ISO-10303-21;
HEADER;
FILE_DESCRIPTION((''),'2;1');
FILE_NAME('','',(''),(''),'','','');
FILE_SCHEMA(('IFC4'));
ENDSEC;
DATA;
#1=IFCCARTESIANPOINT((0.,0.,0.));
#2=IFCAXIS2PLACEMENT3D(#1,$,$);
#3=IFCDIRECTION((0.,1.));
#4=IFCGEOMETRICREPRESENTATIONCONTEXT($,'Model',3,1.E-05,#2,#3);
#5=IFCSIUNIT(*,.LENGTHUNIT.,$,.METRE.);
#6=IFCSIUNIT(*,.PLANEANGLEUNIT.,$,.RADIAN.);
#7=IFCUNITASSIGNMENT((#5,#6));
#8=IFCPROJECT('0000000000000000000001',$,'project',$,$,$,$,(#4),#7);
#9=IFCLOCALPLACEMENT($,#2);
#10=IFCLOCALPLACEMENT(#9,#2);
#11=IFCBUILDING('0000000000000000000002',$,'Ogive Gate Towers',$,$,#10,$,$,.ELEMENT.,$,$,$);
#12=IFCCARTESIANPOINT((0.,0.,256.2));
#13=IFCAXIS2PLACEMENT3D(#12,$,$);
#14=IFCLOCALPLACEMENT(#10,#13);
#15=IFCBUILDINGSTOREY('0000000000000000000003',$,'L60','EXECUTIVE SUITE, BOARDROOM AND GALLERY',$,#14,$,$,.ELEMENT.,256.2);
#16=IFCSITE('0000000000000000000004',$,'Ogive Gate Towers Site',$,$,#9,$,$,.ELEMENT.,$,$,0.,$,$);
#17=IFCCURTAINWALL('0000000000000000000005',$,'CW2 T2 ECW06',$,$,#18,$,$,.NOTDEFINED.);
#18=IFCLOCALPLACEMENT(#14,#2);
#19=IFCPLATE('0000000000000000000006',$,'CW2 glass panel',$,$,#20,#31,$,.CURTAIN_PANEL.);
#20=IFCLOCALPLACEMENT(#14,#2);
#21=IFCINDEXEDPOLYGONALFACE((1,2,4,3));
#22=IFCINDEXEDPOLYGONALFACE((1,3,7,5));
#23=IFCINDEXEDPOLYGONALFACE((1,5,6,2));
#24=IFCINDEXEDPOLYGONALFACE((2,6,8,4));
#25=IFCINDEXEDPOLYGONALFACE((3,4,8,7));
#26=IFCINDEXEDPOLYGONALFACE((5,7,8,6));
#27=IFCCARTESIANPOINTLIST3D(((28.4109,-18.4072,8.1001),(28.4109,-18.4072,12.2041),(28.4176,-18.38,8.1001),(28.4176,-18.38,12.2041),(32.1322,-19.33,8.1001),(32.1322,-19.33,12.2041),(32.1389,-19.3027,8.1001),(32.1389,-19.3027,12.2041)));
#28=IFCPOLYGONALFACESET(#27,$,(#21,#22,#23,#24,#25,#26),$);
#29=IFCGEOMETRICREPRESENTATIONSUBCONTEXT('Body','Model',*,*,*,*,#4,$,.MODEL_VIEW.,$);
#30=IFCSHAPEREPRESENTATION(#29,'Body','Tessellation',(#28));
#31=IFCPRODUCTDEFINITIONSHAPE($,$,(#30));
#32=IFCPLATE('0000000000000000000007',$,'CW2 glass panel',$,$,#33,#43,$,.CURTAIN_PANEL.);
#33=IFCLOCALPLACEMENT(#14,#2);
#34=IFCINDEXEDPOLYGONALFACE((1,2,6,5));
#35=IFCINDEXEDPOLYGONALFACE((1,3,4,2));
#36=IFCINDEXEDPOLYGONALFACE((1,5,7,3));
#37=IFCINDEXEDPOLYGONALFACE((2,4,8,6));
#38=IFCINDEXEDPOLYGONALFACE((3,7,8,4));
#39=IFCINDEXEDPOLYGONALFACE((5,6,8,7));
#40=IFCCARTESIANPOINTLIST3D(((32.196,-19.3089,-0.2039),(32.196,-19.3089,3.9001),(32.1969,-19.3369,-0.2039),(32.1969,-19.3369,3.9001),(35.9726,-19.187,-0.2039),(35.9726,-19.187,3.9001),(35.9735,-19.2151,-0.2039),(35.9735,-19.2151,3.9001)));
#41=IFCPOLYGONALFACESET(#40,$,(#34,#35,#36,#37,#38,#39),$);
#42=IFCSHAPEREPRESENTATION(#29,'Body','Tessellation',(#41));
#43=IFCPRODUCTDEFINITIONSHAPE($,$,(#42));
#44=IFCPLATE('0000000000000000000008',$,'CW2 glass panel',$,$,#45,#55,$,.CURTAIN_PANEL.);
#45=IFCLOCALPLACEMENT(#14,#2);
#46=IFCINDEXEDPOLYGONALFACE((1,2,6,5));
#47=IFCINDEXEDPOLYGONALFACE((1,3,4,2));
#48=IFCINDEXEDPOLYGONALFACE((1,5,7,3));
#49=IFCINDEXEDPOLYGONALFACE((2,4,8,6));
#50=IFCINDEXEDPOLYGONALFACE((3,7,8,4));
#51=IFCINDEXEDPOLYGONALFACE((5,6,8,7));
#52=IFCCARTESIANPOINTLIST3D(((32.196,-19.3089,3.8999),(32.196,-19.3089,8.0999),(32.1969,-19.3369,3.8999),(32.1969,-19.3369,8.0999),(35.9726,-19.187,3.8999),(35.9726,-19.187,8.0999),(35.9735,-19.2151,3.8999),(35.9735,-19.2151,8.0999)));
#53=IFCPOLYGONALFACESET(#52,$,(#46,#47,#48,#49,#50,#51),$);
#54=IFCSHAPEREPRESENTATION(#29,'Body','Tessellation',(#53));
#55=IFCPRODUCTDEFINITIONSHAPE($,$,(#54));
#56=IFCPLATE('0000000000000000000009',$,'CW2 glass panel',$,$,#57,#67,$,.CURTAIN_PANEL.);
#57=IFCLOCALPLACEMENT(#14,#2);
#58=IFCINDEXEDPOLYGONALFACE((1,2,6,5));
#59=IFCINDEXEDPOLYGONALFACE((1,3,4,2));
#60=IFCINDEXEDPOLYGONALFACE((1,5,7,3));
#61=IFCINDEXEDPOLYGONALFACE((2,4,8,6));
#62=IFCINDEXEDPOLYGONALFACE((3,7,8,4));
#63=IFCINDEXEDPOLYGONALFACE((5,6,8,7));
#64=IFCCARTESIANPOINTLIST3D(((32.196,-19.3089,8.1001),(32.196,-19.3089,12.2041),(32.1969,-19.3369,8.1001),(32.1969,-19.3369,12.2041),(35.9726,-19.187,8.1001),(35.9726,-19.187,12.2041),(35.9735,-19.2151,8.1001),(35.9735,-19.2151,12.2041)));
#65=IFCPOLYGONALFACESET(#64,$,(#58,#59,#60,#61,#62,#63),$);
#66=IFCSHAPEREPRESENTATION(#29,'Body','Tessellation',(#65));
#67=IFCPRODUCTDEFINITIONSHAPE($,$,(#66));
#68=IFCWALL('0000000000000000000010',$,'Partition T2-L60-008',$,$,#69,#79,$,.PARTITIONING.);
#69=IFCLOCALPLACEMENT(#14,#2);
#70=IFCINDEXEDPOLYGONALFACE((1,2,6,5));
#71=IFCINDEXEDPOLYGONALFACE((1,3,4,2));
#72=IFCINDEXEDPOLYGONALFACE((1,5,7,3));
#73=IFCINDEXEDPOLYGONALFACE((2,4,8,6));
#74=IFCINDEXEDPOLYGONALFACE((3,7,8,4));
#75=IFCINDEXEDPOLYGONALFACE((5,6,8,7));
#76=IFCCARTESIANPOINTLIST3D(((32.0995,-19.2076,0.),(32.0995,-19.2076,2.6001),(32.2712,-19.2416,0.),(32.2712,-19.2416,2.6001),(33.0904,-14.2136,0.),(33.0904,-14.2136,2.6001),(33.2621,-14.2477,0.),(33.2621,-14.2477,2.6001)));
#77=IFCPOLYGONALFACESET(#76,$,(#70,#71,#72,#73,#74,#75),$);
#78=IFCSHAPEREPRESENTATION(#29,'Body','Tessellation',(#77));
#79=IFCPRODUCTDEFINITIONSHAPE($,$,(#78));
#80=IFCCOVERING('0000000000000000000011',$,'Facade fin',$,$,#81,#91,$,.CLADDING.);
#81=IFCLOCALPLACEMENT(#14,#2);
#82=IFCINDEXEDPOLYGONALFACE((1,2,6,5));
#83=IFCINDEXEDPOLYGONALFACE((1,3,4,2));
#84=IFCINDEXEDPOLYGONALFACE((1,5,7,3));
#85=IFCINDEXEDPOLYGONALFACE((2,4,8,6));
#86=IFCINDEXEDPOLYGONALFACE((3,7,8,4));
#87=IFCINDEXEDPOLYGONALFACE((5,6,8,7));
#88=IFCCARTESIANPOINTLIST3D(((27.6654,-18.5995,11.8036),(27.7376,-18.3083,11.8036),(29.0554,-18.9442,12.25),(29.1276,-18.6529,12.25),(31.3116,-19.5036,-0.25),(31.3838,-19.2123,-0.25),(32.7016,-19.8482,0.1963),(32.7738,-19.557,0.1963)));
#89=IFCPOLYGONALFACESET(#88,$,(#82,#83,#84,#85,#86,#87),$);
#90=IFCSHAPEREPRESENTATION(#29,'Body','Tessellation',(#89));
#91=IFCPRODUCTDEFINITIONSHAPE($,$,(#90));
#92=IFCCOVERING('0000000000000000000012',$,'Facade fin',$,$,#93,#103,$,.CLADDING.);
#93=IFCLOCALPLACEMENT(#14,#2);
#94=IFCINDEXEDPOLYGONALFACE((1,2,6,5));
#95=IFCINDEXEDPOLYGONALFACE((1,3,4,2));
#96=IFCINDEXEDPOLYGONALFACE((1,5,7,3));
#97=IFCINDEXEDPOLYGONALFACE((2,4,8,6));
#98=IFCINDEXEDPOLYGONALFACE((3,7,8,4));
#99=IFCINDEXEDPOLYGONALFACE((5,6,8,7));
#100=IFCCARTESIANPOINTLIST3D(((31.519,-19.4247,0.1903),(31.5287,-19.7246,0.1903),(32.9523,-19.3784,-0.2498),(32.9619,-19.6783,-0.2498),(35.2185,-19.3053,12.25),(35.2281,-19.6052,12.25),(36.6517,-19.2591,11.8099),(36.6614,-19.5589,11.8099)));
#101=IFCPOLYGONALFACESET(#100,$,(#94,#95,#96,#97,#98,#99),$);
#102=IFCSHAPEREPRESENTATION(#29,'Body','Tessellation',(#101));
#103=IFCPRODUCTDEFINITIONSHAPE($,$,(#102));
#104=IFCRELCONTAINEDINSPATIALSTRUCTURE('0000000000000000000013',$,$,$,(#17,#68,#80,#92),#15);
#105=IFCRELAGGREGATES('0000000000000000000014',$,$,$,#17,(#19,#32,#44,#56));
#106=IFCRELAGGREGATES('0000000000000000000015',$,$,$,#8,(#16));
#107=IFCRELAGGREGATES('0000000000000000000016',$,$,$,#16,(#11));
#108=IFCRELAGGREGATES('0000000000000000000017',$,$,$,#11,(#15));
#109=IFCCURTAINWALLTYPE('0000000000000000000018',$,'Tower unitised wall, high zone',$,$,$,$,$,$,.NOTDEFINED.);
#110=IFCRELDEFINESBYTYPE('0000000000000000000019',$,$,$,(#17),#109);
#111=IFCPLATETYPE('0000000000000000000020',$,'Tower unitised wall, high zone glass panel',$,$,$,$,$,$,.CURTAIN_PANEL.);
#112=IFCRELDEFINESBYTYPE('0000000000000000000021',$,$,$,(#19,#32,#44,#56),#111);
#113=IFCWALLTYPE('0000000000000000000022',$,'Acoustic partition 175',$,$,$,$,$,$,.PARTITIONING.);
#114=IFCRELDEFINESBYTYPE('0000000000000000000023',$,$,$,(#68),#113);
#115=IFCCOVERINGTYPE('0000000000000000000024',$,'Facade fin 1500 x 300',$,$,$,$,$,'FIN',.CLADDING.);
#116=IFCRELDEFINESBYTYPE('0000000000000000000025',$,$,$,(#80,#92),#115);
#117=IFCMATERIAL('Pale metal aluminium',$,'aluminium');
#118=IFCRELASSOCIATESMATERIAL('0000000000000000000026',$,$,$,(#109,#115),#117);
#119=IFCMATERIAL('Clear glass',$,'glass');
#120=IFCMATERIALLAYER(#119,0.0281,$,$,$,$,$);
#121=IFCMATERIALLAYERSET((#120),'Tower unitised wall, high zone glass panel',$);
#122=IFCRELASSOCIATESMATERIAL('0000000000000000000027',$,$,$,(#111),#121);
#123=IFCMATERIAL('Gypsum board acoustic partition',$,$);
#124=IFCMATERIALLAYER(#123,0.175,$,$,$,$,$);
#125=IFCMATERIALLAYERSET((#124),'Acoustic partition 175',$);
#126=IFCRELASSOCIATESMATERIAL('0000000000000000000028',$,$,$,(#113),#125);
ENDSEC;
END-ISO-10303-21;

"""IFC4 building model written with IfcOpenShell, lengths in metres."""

from ifc_helpers import new_model, si_unit, direction, frame, frame_2d, origin, origin_2d, place, context, subcontext, project, spatial, rectangle, extrude, material, layer, layer_set, material_profile, profile_set, type_object, element, aggregate, save


model = new_model("IFC4")

# Units and contexts
model_context = context("Model", 3, precision=1e-05, world=origin(), true_north=direction((0.0, 1.0)))
body_context = subcontext(model_context, "Body", "Model", "MODEL_VIEW")
ifc_project = project(units=[si_unit("LENGTHUNIT", "METRE"), si_unit("PLANEANGLEUNIT", "RADIAN")], contexts=[model_context])

# Site, building, storey
site_placement = place(None, origin())
site = spatial("IfcSite", under=ifc_project, at=site_placement, Name="Ogive Gate Towers Site", CompositionType="ELEMENT", RefElevation=0.0)
building_placement = place(site_placement, origin())
building = spatial("IfcBuilding", under=site, at=building_placement, Name="Ogive Gate Towers", CompositionType="ELEMENT")
storey_placement = place(building_placement, frame((0.0, 0.0, 256.2)))
storey = spatial("IfcBuildingStorey", under=building, at=storey_placement, Name="L60", Description="EXECUTIVE SUITE, BOARDROOM AND GALLERY", CompositionType="ELEMENT", Elevation=256.2)

# Curtain wall, plates
ifc_material_1 = material(Name="Pale metal aluminium", Category="aluminium")
curtain_wall_type = type_object("IfcCurtainWallType", Name="Tower unitised wall, high zone", PredefinedType="NOTDEFINED", material=ifc_material_1)
curtain_wall_placement = place(storey_placement, origin())
curtain_wall = element("IfcCurtainWall", 1, at=curtain_wall_placement, inside=storey, type_object=curtain_wall_type, Name="CW2 T2 ECW06", PredefinedType="NOTDEFINED")
ifc_material_2 = material(Name="Clear glass", Category="glass")
ifc_layer_1 = layer(ifc_material_2, 0.0281)
ifc_layer_set_1 = layer_set([ifc_layer_1], Name="Tower unitised wall, high zone glass panel")
plate_type = type_object("IfcPlateType", Name="Tower unitised wall, high zone glass panel", PredefinedType="CURTAIN_PANEL", material=ifc_layer_set_1)
plate_1_placement = place(storey_placement, frame((30.2749, -18.855, 8.1001), z_axis=(0.0, 0.0, 1.0), x_axis=(0.970607, -0.240669, 0.0)))
plate_1 = element("IfcPlate", 2, at=plate_1_placement, type_object=plate_type, Name="CW2 glass panel", PredefinedType="CURTAIN_PANEL", context=body_context, shape_type="SweptSolid", body=[
    extrude(rectangle(XDim=3.834, YDim=0.0281, at=origin_2d()), origin(), (0.0, 0.0, 1.0), 4.104),
])
plate_2_placement = place(storey_placement, frame((34.0847, -19.262, -0.2039), z_axis=(0.0, 0.0, 1.0), x_axis=(0.99948, 0.032248, 0.0)))
plate_2 = element("IfcPlate", 3, at=plate_2_placement, type_object=plate_type, Name="CW2 glass panel", PredefinedType="CURTAIN_PANEL", context=body_context, shape_type="SweptSolid", body=[
    extrude(rectangle(XDim=3.7786, YDim=0.0281, at=origin_2d()), origin(), (0.0, 0.0, 1.0), 4.104),
])
plate_3_placement = place(storey_placement, frame((34.0847, -19.262, 3.8999), z_axis=(0.0, 0.0, 1.0), x_axis=(0.99948, 0.032248, 0.0)))
plate_3 = element("IfcPlate", 4, at=plate_3_placement, type_object=plate_type, Name="CW2 glass panel", PredefinedType="CURTAIN_PANEL", context=body_context, shape_type="SweptSolid", body=[
    extrude(rectangle(XDim=3.7786, YDim=0.0281, at=origin_2d()), origin(), (0.0, 0.0, 1.0), 4.2),
])
plate_4_placement = place(storey_placement, frame((34.0847, -19.262, 8.1001), z_axis=(0.0, 0.0, 1.0), x_axis=(0.99948, 0.032248, 0.0)))
plate_4 = element("IfcPlate", 5, at=plate_4_placement, type_object=plate_type, Name="CW2 glass panel", PredefinedType="CURTAIN_PANEL", context=body_context, shape_type="SweptSolid", body=[
    extrude(rectangle(XDim=3.7786, YDim=0.0281, at=origin_2d()), origin(), (0.0, 0.0, 1.0), 4.104),
])
aggregate(curtain_wall, [plate_1, plate_2, plate_3, plate_4])

# Wall
ifc_material_3 = material(Name="Gypsum board acoustic partition")
ifc_layer_2 = layer(ifc_material_3, 0.175)
ifc_layer_set_2 = layer_set([ifc_layer_2], Name="Acoustic partition 175")
wall_type = type_object("IfcWallType", Name="Acoustic partition 175", PredefinedType="PARTITIONING", material=ifc_layer_set_2)
wall_placement = place(storey_placement, frame((32.1853, -19.2246, 0.0), z_axis=(0.0, 0.0, 1.0), x_axis=(0.19464, 0.980875, 0.0)))
element("IfcWall", 6, at=wall_placement, inside=storey, type_object=wall_type, Name="Partition T2-L60-008", PredefinedType="PARTITIONING", context=body_context, shape_type="SweptSolid", body=[
    extrude(rectangle(XDim=5.0913, YDim=0.175, at=frame_2d((2.5457, 0.0))), origin(), (0.0, 0.0, 1.0), 2.6001),
])

# Coverings
ifc_material_profile_1 = material_profile(ifc_material_1, rectangle(XDim=0.3, YDim=1.5, at=origin_2d()), Name="1500 x 300 pale metal aluminium")
ifc_profile_set_1 = profile_set([ifc_material_profile_1], Name="Pale metal aluminium")
covering_type = type_object("IfcCoveringType", Name="Facade fin 1500 x 300", ElementType="FIN", PredefinedType="CLADDING", material=ifc_profile_set_1)
covering_1_placement = place(storey_placement, frame((32.0427, -19.5303, -0.0269), z_axis=(-0.288799, 0.071605, 0.954708), x_axis=(-0.240654, -0.970611, 0.0)))
element("IfcCovering", 7, at=covering_1_placement, inside=storey, type_object=covering_type, Name="Facade fin", PredefinedType="CLADDING", context=body_context, shape_type="SweptSolid", body=[
    extrude(rectangle(XDim=0.3, YDim=1.5, at=origin_2d()), origin(), (0.0, 0.0, 1.0), 12.6255),
])
covering_2_placement = place(storey_placement, frame((32.2405, -19.5515, -0.0298), z_axis=(0.293258, 0.009464, 0.955987), x_axis=(-0.032254, 0.99948, 0.0)))
element("IfcCovering", 8, at=covering_2_placement, inside=storey, type_object=covering_type, Name="Facade fin", PredefinedType="CLADDING", context=body_context, shape_type="SweptSolid", body=[
    extrude(rectangle(XDim=0.3, YDim=1.5, at=origin_2d()), origin(), (0.0, 0.0, 1.0), 12.615),
])

save(model, "model.ifc")
